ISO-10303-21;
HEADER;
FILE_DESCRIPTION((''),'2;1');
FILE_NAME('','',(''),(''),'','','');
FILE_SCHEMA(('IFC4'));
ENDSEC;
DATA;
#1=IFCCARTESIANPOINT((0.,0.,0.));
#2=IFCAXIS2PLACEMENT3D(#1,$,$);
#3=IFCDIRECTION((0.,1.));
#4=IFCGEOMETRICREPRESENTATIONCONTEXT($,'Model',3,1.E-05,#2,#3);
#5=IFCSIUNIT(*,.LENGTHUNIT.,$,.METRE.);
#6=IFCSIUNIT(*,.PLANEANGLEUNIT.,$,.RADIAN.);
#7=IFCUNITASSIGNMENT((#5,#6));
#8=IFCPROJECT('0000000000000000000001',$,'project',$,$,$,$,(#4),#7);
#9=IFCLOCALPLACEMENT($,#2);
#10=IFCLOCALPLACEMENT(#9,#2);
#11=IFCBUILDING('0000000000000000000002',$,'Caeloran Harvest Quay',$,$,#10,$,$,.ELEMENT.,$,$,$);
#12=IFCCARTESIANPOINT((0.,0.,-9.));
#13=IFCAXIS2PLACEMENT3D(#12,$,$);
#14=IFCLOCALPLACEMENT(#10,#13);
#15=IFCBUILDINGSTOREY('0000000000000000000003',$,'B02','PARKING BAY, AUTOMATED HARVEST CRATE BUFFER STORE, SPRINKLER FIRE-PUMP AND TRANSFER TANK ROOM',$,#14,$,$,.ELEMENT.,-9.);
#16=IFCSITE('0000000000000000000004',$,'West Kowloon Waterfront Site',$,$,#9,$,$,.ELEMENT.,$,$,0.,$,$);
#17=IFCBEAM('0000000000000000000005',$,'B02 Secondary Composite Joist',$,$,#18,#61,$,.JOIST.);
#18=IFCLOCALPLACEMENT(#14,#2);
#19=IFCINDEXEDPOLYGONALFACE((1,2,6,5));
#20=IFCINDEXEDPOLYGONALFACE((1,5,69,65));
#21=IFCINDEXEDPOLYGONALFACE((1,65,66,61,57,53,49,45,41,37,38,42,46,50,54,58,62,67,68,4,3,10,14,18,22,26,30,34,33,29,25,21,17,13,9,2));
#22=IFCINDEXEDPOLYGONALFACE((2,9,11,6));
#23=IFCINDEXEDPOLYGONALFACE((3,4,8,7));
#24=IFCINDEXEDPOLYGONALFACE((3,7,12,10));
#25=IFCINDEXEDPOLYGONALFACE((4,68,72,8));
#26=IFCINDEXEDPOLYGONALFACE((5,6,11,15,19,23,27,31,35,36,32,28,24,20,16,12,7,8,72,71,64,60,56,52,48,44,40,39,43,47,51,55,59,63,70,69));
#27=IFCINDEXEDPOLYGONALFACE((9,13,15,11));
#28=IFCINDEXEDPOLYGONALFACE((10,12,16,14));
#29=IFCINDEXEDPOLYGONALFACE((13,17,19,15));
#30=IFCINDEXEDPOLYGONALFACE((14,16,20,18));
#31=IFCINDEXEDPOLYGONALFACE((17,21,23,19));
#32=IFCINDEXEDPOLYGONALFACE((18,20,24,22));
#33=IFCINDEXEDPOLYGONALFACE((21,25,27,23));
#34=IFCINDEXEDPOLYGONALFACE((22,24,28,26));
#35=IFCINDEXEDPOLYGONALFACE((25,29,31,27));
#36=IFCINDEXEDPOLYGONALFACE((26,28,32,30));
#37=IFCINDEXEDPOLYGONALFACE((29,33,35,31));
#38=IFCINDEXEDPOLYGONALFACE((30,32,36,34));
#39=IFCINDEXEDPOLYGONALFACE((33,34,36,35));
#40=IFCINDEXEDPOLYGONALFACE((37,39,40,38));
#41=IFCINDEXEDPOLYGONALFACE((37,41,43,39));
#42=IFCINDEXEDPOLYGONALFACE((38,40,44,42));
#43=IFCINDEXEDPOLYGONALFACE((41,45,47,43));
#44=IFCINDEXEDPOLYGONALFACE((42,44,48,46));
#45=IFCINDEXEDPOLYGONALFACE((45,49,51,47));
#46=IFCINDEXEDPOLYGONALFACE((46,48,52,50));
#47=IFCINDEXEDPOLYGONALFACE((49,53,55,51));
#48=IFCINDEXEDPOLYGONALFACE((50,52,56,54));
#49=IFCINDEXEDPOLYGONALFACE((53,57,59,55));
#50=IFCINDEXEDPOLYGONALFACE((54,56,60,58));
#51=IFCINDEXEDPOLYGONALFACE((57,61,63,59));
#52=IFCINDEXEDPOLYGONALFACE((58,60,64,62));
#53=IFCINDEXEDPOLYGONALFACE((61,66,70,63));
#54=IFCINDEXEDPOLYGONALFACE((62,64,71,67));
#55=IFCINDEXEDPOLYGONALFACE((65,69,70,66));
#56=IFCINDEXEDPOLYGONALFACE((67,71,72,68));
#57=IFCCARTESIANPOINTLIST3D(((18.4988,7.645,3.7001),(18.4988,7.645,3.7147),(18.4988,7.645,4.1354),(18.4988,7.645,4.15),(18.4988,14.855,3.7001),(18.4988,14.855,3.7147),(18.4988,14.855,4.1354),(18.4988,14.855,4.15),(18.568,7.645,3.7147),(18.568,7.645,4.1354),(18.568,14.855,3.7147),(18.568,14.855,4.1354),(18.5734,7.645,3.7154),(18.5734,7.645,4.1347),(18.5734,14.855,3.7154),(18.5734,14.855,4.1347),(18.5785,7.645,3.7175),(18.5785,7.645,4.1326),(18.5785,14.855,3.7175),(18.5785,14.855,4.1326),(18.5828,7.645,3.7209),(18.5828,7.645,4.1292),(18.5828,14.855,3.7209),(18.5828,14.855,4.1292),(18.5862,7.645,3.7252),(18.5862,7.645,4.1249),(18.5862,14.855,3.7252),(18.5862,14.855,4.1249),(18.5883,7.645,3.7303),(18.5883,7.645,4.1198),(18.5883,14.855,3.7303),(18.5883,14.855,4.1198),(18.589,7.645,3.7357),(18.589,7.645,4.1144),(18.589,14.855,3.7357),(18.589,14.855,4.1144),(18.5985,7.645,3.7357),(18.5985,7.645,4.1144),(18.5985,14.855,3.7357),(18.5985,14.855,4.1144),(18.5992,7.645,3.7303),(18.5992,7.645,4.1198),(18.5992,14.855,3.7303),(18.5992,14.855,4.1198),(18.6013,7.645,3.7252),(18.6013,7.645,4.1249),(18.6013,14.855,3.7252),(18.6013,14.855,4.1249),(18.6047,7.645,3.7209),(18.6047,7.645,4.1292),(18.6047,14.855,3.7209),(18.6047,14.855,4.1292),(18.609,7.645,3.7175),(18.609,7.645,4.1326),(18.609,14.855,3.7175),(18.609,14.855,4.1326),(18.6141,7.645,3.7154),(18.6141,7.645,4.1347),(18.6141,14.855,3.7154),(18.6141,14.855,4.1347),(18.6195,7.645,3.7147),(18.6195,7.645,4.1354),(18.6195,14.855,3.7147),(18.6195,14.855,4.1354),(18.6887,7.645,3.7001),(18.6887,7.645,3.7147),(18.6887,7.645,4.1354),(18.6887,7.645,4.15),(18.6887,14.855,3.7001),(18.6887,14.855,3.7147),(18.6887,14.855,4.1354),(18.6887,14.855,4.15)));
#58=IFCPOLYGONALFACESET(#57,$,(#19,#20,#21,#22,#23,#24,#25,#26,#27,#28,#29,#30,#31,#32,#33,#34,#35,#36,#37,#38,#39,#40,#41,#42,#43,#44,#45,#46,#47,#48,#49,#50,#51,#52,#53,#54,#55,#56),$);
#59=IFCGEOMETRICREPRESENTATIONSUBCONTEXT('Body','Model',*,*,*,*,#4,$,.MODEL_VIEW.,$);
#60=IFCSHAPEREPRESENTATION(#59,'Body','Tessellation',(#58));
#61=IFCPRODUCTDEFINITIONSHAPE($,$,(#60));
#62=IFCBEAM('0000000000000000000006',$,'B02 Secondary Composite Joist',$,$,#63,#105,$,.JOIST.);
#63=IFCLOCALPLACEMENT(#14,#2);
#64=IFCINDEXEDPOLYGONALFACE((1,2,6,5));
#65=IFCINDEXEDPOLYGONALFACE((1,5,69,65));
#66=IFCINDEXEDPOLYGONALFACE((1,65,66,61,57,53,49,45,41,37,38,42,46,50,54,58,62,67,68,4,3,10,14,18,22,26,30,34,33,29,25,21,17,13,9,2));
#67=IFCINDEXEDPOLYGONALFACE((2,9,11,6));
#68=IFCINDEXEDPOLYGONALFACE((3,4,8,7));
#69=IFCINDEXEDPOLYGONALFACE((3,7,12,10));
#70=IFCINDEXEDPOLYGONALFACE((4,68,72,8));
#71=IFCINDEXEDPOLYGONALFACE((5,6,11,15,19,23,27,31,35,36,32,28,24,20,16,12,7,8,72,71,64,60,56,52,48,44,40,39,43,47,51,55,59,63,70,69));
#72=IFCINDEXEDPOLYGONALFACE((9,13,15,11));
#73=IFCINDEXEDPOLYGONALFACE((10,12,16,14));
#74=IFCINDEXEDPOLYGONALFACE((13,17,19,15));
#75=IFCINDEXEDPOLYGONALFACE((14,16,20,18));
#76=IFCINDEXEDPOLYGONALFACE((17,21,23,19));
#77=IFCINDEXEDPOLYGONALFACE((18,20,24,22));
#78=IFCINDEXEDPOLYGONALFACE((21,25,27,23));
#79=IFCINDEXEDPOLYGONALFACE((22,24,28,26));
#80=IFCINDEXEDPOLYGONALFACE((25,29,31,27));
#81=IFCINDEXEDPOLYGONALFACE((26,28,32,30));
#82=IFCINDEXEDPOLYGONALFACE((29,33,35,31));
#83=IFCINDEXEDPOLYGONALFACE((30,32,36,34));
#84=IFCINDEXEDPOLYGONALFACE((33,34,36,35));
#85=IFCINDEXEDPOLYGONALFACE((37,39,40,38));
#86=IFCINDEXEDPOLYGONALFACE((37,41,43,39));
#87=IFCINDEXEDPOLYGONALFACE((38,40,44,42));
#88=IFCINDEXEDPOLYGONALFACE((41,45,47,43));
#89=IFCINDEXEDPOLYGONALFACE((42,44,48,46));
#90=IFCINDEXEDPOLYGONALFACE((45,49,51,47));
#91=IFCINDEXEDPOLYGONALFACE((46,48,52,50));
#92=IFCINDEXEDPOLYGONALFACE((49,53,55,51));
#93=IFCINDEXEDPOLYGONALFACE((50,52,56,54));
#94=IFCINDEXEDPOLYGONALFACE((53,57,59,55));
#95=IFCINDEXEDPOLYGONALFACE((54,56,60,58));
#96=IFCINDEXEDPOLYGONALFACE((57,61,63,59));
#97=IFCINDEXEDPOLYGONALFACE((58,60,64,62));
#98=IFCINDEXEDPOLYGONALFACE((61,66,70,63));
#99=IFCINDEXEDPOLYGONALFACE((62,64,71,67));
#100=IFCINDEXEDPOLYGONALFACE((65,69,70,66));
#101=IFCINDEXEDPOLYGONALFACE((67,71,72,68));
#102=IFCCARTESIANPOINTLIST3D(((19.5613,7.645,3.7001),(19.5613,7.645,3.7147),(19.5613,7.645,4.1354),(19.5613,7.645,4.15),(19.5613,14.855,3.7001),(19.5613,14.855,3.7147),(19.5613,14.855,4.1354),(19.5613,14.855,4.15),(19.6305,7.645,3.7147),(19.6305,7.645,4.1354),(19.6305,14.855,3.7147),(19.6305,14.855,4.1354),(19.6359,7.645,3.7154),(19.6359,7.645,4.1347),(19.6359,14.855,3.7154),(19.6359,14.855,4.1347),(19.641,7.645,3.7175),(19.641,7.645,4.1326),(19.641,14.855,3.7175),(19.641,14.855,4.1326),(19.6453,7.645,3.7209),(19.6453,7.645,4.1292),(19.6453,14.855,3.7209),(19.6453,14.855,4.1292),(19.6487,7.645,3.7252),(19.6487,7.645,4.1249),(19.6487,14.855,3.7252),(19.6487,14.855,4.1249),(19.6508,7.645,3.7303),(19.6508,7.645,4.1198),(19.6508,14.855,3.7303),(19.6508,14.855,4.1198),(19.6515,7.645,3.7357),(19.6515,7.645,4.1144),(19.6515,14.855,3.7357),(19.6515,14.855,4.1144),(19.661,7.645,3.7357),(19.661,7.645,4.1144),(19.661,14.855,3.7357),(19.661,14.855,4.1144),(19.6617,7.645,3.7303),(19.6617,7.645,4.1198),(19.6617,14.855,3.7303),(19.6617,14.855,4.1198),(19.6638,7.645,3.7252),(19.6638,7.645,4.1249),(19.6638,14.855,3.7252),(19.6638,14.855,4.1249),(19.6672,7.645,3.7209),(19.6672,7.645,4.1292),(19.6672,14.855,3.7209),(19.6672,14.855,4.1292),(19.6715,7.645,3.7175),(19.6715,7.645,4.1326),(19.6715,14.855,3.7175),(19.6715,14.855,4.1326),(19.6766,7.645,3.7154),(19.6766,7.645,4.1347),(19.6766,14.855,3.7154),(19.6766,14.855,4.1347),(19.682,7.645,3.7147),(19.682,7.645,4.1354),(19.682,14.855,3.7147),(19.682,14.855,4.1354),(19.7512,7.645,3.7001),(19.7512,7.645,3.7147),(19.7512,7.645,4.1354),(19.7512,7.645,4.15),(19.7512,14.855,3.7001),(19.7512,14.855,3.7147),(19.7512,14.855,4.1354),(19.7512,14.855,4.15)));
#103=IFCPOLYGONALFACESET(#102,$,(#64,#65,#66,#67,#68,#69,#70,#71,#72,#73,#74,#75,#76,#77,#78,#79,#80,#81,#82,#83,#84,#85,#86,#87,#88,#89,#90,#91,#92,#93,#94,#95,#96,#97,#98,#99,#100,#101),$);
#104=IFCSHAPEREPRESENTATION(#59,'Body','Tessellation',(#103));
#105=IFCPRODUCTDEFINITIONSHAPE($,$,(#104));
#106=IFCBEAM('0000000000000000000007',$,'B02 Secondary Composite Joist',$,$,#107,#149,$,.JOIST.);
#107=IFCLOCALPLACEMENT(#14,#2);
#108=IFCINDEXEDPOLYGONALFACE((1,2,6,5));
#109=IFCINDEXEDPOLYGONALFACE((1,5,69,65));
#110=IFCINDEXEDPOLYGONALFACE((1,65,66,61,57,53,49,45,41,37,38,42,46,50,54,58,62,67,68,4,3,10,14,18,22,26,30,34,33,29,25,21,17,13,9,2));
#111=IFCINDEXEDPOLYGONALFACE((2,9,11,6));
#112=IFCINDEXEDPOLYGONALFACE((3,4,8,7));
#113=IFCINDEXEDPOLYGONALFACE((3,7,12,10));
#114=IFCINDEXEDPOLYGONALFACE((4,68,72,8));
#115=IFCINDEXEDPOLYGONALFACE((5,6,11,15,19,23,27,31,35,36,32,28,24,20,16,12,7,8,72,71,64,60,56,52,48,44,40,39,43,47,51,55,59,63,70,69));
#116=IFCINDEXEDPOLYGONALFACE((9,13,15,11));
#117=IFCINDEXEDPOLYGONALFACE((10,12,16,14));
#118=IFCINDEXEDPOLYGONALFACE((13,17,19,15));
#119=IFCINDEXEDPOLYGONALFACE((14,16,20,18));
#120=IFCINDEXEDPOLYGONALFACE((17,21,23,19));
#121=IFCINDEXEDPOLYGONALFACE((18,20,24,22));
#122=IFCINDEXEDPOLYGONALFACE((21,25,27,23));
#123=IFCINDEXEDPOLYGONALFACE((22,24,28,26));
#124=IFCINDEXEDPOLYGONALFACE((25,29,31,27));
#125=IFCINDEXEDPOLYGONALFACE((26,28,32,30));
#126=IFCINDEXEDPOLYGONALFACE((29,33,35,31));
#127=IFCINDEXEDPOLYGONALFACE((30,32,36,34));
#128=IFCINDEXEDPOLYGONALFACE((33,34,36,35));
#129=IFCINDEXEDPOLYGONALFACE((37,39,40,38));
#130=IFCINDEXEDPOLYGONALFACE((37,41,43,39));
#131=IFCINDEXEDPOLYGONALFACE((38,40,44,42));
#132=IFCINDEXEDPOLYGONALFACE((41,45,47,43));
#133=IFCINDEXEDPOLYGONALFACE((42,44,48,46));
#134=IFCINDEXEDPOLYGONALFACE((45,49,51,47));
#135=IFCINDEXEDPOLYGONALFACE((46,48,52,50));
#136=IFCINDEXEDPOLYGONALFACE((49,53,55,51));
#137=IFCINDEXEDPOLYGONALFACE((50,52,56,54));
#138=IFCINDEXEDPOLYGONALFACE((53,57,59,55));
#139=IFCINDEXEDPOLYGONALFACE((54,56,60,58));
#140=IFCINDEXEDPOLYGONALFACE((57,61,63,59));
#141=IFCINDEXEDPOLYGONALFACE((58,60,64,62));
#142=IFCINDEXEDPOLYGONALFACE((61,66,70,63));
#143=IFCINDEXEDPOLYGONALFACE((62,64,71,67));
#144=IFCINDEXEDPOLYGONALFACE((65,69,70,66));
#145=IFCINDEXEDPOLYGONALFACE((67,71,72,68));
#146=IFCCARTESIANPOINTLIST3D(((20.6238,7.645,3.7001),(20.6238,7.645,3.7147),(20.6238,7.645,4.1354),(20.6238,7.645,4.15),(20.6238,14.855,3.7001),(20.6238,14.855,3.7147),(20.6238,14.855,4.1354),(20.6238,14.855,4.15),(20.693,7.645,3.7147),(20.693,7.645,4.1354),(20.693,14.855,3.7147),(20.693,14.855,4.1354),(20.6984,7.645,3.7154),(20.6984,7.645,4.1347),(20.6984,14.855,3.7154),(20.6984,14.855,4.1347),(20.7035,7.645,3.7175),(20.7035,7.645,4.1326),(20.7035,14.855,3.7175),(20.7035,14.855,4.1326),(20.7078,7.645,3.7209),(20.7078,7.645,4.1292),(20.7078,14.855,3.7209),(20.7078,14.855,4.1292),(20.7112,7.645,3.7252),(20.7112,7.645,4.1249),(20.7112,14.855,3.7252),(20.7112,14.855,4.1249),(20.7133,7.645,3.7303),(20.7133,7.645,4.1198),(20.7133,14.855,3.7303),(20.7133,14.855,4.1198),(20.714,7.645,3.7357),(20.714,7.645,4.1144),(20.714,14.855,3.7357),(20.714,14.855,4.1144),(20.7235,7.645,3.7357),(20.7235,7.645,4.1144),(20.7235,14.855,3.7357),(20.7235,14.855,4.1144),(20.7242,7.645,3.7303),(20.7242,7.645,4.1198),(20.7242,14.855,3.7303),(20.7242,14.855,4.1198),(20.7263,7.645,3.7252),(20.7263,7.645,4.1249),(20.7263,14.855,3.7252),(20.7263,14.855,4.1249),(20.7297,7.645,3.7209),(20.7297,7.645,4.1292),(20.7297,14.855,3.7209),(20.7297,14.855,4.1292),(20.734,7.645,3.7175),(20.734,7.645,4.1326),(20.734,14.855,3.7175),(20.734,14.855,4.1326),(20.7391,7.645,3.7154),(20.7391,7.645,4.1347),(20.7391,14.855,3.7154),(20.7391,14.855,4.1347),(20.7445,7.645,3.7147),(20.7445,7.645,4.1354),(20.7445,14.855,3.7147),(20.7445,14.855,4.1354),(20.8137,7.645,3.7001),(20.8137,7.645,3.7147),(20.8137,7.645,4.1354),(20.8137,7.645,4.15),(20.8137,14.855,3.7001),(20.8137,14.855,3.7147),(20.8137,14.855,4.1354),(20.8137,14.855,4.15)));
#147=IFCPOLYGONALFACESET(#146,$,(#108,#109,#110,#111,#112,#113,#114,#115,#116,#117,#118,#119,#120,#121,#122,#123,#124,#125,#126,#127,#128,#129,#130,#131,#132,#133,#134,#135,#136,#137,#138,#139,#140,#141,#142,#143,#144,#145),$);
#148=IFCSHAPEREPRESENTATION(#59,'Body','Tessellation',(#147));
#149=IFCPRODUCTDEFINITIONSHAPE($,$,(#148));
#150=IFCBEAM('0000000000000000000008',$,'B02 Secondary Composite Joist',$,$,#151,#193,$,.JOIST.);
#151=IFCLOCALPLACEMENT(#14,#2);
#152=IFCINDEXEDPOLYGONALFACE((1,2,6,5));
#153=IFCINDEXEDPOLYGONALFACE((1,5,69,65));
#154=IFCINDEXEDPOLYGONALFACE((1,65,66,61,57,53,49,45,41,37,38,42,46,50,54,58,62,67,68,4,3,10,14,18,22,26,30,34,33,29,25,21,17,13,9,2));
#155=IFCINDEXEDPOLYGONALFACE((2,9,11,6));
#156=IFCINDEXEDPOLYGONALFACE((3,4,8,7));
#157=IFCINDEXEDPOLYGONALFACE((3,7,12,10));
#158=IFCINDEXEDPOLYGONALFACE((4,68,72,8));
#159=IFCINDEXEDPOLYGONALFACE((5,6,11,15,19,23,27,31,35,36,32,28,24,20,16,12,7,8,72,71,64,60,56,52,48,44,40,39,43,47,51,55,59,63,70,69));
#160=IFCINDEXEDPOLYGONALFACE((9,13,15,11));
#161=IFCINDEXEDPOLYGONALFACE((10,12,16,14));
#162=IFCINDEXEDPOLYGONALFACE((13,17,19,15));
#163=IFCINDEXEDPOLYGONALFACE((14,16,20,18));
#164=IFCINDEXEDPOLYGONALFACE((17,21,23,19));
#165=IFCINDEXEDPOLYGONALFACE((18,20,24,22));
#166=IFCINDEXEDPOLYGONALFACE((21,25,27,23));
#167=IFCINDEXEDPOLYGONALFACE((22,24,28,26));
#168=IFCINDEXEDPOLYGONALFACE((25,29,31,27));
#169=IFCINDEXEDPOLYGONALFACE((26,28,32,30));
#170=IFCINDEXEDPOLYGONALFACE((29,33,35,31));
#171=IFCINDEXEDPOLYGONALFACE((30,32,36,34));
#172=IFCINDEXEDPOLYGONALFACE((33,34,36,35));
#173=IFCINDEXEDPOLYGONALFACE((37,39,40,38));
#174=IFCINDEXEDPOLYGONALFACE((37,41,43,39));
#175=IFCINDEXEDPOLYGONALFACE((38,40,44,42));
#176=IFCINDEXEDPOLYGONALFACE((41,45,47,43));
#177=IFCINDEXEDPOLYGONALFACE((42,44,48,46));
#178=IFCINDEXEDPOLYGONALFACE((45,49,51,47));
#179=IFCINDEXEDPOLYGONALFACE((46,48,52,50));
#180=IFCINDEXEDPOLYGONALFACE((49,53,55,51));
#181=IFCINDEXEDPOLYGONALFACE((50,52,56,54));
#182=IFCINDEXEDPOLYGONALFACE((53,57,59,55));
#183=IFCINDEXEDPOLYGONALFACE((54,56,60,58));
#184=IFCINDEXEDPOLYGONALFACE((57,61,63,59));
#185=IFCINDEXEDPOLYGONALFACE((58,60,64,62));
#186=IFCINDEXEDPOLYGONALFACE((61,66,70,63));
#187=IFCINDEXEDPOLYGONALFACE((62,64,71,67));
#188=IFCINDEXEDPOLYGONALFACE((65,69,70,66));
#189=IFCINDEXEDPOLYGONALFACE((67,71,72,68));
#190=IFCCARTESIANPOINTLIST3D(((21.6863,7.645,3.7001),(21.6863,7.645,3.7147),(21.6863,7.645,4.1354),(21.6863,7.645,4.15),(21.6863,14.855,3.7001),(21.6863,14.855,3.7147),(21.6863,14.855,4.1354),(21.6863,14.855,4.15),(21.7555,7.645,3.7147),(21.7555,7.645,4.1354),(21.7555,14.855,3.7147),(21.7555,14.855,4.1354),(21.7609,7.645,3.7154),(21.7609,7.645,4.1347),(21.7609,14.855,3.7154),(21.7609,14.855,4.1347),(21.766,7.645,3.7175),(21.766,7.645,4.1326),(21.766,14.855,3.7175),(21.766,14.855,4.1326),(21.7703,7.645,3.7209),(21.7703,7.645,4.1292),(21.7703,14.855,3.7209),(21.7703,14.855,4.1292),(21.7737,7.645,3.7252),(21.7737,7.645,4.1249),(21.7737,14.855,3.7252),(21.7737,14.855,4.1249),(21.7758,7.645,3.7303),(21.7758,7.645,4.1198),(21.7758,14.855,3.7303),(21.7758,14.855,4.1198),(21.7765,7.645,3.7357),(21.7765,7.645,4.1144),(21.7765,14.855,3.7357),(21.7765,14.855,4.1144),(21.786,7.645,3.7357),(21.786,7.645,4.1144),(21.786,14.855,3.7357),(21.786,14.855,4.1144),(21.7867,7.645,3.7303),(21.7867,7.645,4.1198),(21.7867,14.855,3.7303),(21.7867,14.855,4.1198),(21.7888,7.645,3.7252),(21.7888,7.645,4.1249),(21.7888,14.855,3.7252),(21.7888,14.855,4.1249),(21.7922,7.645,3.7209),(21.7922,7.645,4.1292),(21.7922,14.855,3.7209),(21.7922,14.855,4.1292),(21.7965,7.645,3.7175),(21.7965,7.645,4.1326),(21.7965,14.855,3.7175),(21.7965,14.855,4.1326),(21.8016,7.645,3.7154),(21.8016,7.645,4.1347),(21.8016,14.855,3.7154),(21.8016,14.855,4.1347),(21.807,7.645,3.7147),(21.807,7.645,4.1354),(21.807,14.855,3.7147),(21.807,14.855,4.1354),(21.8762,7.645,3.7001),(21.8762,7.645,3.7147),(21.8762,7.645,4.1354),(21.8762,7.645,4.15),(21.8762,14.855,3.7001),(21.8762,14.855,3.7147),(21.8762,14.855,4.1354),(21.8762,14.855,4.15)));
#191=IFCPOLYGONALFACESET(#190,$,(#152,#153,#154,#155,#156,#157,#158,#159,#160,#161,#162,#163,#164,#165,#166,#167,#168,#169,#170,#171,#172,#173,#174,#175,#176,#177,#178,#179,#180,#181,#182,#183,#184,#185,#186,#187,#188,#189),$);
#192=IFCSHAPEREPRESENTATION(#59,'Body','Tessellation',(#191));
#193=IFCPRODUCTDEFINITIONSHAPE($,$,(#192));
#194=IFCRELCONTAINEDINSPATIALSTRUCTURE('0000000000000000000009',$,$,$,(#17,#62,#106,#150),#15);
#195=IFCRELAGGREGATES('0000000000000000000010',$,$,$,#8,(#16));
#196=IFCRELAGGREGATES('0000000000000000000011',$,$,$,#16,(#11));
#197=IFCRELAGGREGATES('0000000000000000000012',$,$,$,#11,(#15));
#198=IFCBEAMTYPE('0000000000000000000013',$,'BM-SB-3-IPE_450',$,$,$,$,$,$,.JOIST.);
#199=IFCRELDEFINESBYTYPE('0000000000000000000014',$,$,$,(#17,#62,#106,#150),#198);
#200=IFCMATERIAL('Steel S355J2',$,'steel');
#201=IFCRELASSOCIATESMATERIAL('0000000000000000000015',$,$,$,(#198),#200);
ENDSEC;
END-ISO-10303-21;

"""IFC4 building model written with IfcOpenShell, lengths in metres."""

from ifc_helpers import new_model, si_unit, direction, frame, origin, origin_2d, place, context, subcontext, project, spatial, i_section, extrude, material, material_profile, profile_set, type_object, element, save


model = new_model("IFC4")

# Units and contexts
model_context = context("Model", 3, precision=1e-05, world=origin(), true_north=direction((0.0, 1.0)))
body_context = subcontext(model_context, "Body", "Model", "MODEL_VIEW")
ifc_project = project(units=[si_unit("LENGTHUNIT", "METRE"), si_unit("PLANEANGLEUNIT", "RADIAN")], contexts=[model_context])

# Site, building, storey
site_placement = place(None, origin())
site = spatial("IfcSite", under=ifc_project, at=site_placement, Name="West Kowloon Waterfront Site", CompositionType="ELEMENT", RefElevation=0.0)
building_placement = place(site_placement, origin())
building = spatial("IfcBuilding", under=site, at=building_placement, Name="Caeloran Harvest Quay", CompositionType="ELEMENT")
storey_placement = place(building_placement, frame((0.0, 0.0, -9.0)))
storey = spatial("IfcBuildingStorey", under=building, at=storey_placement, Name="B02", Description="PARKING BAY, AUTOMATED HARVEST CRATE BUFFER STORE, SPRINKLER FIRE-PUMP AND TRANSFER TANK ROOM", CompositionType="ELEMENT", Elevation=-9.0)

# Beams
ifc_material_1 = material(Name="Steel S355J2", Category="steel")
ifc_material_profile_1 = material_profile(ifc_material_1, i_section(OverallWidth=0.1899, OverallDepth=0.45, WebThickness=0.0095, FlangeThickness=0.0146, FilletRadius=0.021, at=origin_2d()), Name="IPE 450")
ifc_profile_set_1 = profile_set([ifc_material_profile_1], Name="Steel S355J2")
beam_type_1 = type_object("IfcBeamType", Name="BM-SB-3-IPE_450", PredefinedType="JOIST", material=ifc_profile_set_1)
for number, where, z_axis, x_axis, name in (
    (1, (18.5938, 7.645, 3.925), (0.0, 1.0, 0.0), (-1.0, 0.0, 0.0), "B02 Secondary Composite Joist"),
    (2, (19.6562, 7.645, 3.925), (0.0, 1.0, 0.0), (-1.0, 0.0, 0.0), "B02 Secondary Composite Joist"),
    (3, (20.7188, 7.645, 3.925), (0.0, 1.0, 0.0), (-1.0, 0.0, 0.0), "B02 Secondary Composite Joist"),
    (4, (21.7812, 7.645, 3.925), (0.0, 1.0, 0.0), (-1.0, 0.0, 0.0), "B02 Secondary Composite Joist"),
):
    element("IfcBeam", number, at=place(storey_placement, frame(where, z_axis=z_axis, x_axis=x_axis)), inside=storey, type_object=beam_type_1, Name=name, PredefinedType="JOIST", context=body_context, shape_type="SweptSolid", body=[
        extrude(i_section(OverallWidth=0.1899, OverallDepth=0.45, WebThickness=0.0095, FlangeThickness=0.0146, FilletRadius=0.021, at=origin_2d()), origin(), (0.0, 0.0, 1.0), 7.21),
    ])

save(model, "model.ifc")
